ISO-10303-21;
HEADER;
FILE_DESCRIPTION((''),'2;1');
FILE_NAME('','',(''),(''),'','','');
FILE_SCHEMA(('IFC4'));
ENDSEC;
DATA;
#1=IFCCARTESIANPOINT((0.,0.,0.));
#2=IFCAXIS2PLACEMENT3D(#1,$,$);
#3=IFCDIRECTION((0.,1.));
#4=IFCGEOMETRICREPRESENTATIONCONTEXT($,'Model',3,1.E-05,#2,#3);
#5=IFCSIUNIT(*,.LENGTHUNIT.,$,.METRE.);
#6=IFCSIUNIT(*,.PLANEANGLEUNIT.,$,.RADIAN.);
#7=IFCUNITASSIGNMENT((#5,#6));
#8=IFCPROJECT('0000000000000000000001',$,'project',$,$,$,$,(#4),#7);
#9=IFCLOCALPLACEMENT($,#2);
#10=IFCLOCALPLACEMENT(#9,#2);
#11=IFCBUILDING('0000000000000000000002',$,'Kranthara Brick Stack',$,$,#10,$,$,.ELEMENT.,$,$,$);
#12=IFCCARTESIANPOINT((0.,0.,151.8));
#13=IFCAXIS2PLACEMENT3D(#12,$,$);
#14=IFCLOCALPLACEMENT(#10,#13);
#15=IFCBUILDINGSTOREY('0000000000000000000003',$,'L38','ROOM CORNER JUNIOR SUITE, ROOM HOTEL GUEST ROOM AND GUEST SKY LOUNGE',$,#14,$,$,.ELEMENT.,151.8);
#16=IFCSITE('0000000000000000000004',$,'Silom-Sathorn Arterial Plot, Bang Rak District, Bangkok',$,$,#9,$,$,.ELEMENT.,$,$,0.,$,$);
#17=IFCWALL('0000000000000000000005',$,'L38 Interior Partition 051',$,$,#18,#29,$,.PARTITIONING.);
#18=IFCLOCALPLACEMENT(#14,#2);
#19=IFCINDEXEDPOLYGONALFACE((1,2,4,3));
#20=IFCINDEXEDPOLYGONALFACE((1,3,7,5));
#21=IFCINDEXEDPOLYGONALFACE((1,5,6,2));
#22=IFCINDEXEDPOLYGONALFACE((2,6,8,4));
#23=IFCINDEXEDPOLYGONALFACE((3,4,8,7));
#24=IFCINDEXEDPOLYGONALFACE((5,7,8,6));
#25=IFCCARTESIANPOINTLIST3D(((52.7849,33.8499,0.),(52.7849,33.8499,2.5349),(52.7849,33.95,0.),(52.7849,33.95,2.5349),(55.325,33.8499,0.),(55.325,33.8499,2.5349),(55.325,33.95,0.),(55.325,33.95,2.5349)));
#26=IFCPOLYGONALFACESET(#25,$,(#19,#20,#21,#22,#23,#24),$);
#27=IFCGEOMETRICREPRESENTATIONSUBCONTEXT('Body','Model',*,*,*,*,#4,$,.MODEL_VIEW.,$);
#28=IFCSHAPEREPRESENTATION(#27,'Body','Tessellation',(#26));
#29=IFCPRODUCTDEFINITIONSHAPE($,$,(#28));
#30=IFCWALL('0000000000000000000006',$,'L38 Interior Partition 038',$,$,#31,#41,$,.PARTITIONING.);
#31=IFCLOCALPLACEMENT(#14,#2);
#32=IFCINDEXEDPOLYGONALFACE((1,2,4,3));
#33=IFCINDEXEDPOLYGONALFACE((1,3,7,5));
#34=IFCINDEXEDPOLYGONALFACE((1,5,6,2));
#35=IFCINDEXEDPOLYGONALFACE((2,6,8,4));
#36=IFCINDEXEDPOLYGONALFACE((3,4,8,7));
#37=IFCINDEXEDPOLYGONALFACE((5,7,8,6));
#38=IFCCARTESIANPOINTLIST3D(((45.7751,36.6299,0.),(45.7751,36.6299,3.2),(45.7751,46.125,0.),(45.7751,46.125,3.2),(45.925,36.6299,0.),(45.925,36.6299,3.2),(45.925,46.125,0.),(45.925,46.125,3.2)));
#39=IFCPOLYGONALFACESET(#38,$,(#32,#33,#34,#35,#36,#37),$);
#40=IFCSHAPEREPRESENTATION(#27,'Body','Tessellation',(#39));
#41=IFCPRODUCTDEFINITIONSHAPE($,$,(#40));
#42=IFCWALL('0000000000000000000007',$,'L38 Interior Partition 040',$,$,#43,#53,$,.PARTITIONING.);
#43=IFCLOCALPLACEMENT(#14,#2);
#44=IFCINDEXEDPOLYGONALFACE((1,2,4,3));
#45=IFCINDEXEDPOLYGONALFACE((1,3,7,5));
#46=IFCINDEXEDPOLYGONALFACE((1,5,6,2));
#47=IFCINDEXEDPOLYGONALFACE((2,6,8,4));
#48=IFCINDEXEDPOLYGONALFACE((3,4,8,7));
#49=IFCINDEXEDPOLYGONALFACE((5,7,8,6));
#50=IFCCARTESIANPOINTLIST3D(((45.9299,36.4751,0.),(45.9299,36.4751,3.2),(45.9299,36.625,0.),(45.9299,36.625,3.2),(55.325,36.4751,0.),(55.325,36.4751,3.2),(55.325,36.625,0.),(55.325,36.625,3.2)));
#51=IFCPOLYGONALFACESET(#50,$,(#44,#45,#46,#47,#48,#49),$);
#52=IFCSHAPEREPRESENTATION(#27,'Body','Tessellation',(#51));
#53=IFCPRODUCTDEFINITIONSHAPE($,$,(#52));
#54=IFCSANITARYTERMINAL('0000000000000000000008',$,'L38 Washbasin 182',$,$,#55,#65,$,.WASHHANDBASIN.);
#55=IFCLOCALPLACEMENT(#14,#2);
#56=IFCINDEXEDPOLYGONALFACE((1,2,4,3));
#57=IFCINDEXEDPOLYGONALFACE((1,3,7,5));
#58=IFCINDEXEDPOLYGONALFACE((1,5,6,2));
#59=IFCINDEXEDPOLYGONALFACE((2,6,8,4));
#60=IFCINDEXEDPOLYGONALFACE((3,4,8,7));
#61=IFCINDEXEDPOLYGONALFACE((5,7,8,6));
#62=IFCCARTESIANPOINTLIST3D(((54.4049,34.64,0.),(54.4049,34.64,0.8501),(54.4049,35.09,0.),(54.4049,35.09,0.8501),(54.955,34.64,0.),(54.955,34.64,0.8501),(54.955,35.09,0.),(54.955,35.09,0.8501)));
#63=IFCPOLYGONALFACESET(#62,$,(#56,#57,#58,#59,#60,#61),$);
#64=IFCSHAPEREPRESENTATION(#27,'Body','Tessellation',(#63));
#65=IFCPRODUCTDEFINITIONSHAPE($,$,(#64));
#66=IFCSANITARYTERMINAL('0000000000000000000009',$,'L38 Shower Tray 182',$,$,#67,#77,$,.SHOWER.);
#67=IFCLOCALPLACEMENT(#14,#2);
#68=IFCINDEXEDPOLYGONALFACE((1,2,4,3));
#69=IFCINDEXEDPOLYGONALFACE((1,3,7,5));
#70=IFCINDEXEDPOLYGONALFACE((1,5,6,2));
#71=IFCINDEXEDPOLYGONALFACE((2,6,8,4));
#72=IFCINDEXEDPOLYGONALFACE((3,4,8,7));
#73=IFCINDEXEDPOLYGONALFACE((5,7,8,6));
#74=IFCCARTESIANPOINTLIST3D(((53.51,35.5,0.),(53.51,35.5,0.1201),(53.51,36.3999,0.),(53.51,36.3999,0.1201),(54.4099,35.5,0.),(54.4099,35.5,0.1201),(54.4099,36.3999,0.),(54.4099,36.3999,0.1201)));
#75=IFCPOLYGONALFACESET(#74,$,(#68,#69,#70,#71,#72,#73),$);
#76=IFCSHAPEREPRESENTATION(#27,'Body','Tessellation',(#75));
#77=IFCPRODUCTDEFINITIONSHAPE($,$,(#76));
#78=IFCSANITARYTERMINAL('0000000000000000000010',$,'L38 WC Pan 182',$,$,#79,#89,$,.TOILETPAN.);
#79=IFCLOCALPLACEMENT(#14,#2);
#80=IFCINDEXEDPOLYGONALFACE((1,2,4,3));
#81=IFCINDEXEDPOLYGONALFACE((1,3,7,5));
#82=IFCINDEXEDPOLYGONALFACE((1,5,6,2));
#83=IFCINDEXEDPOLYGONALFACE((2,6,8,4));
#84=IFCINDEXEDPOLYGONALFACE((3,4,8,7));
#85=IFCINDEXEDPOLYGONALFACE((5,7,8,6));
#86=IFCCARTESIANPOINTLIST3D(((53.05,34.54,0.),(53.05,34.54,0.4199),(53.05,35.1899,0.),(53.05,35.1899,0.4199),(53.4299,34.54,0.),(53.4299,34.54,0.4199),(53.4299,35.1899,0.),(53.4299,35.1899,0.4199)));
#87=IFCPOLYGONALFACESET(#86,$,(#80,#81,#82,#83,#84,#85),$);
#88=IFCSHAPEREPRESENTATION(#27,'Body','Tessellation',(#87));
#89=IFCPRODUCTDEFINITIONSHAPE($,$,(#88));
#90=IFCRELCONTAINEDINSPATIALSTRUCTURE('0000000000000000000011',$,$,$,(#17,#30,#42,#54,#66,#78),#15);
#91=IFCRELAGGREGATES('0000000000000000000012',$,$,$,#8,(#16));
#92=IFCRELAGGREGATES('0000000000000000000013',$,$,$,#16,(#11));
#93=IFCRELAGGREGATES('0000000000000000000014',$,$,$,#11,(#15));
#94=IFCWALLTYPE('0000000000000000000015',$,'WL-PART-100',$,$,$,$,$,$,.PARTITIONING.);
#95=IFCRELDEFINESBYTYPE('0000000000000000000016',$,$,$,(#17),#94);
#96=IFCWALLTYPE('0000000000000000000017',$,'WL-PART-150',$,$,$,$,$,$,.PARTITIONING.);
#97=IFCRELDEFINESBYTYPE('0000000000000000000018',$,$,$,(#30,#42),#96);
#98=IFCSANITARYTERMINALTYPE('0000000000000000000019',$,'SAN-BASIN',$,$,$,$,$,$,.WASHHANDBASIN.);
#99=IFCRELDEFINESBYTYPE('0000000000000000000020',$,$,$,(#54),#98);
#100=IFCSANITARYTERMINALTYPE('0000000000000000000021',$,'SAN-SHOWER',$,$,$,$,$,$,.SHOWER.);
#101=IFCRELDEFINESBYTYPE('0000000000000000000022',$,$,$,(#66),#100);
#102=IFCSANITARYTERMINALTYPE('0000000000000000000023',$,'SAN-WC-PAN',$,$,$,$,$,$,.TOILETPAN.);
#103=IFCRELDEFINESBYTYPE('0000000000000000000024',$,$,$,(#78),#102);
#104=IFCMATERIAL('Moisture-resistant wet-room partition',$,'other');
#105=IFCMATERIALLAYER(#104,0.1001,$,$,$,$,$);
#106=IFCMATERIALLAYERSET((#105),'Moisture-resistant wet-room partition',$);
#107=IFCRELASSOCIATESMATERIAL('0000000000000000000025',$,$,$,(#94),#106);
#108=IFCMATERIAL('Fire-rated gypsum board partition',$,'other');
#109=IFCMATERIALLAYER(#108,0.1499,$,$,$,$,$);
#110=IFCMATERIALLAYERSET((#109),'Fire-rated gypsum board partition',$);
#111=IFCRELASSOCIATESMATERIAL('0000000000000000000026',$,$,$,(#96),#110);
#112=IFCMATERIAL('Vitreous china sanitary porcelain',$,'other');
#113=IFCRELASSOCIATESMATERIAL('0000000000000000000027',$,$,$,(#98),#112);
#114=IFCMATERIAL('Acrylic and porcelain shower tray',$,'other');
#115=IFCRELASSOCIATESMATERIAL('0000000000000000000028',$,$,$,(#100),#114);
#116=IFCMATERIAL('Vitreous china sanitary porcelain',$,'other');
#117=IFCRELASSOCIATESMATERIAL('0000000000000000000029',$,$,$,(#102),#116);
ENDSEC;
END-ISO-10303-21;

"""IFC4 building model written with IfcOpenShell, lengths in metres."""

from ifc_helpers import new_model, si_unit, direction, frame, frame_2d, origin, origin_2d, place, context, subcontext, project, spatial, rectangle, extrude, material, layer, layer_set, type_object, element, save


model = new_model("IFC4")

# Units and contexts
model_context = context("Model", 3, precision=1e-05, world=origin(), true_north=direction((0.0, 1.0)))
body_context = subcontext(model_context, "Body", "Model", "MODEL_VIEW")
ifc_project = project(units=[si_unit("LENGTHUNIT", "METRE"), si_unit("PLANEANGLEUNIT", "RADIAN")], contexts=[model_context])

# Site, building, storey
site_placement = place(None, origin())
site = spatial("IfcSite", under=ifc_project, at=site_placement, Name="Silom-Sathorn Arterial Plot, Bang Rak District, Bangkok", CompositionType="ELEMENT", RefElevation=0.0)
building_placement = place(site_placement, origin())
building = spatial("IfcBuilding", under=site, at=building_placement, Name="Kranthara Brick Stack", CompositionType="ELEMENT")
storey_placement = place(building_placement, frame((0.0, 0.0, 151.8)))
storey = spatial("IfcBuildingStorey", under=building, at=storey_placement, Name="L38", Description="ROOM CORNER JUNIOR SUITE, ROOM HOTEL GUEST ROOM AND GUEST SKY LOUNGE", CompositionType="ELEMENT", Elevation=151.8)

# Shared definitions
ifc_material_1 = material(Name="Moisture-resistant wet-room partition", Category="other")
ifc_layer_1 = layer(ifc_material_1, 0.1001)
ifc_layer_set_1 = layer_set([ifc_layer_1], Name="Moisture-resistant wet-room partition")
wall_type_1 = type_object("IfcWallType", Name="WL-PART-100", PredefinedType="PARTITIONING", material=ifc_layer_set_1)

# Walls
wall_1_placement = place(storey_placement, frame((52.7849, 33.8999, 0.0), z_axis=(0.0, 0.0, 1.0), x_axis=(1.0, 0.0, 0.0)))
element("IfcWall", 1, at=wall_1_placement, inside=storey, type_object=wall_type_1, Name="L38 Interior Partition 051", PredefinedType="PARTITIONING", context=body_context, shape_type="SweptSolid", body=[
    extrude(rectangle(XDim=2.54, YDim=0.1001, at=frame_2d((1.27, 0.0))), origin(), (0.0, 0.0, 1.0), 2.5349),
])
ifc_material_2 = material(Name="Fire-rated gypsum board partition", Category="other")
ifc_layer_2 = layer(ifc_material_2, 0.1499)
ifc_layer_set_2 = layer_set([ifc_layer_2], Name="Fire-rated gypsum board partition")
wall_type_2 = type_object("IfcWallType", Name="WL-PART-150", PredefinedType="PARTITIONING", material=ifc_layer_set_2)
wall_2_placement = place(storey_placement, frame((45.8501, 36.6299, 0.0), z_axis=(0.0, 0.0, 1.0), x_axis=(0.0, 1.0, 0.0)))
element("IfcWall", 2, at=wall_2_placement, inside=storey, type_object=wall_type_2, Name="L38 Interior Partition 038", PredefinedType="PARTITIONING", context=body_context, shape_type="SweptSolid", body=[
    extrude(rectangle(XDim=9.4951, YDim=0.1499, at=frame_2d((4.7476, 0.0))), origin(), (0.0, 0.0, 1.0), 3.2),
])
wall_3_placement = place(storey_placement, frame((45.9299, 36.55, 0.0), z_axis=(0.0, 0.0, 1.0), x_axis=(1.0, 0.0, 0.0)))
element("IfcWall", 3, at=wall_3_placement, inside=storey, type_object=wall_type_2, Name="L38 Interior Partition 040", PredefinedType="PARTITIONING", context=body_context, shape_type="SweptSolid", body=[
    extrude(rectangle(XDim=9.395, YDim=0.1499, at=frame_2d((4.6975, 0.0))), origin(), (0.0, 0.0, 1.0), 3.2),
])

# Sanitary terminals
ifc_material_3 = material(Name="Vitreous china sanitary porcelain", Category="other")
sanitary_terminal_type_1 = type_object("IfcSanitaryTerminalType", Name="SAN-BASIN", PredefinedType="WASHHANDBASIN", material=ifc_material_3)
sanitary_terminal_1_placement = place(storey_placement, frame((54.6799, 34.865, 0.0), z_axis=(0.0, 0.0, 1.0), x_axis=(1.0, 0.0, 0.0)))
element("IfcSanitaryTerminal", 4, at=sanitary_terminal_1_placement, inside=storey, type_object=sanitary_terminal_type_1, Name="L38 Washbasin 182", PredefinedType="WASHHANDBASIN", context=body_context, shape_type="SweptSolid", body=[
    extrude(rectangle(XDim=0.55, YDim=0.45, at=origin_2d()), origin(), (0.0, 0.0, 1.0), 0.8501),
])
ifc_material_4 = material(Name="Acrylic and porcelain shower tray", Category="other")
sanitary_terminal_type_2 = type_object("IfcSanitaryTerminalType", Name="SAN-SHOWER", PredefinedType="SHOWER", material=ifc_material_4)
sanitary_terminal_2_placement = place(storey_placement, frame((53.96, 35.95, 0.0), z_axis=(0.0, 0.0, 1.0), x_axis=(1.0, 0.0, 0.0)))
element("IfcSanitaryTerminal", 5, at=sanitary_terminal_2_placement, inside=storey, type_object=sanitary_terminal_type_2, Name="L38 Shower Tray 182", PredefinedType="SHOWER", context=body_context, shape_type="SweptSolid", body=[
    extrude(rectangle(XDim=0.8999, YDim=0.8999, at=origin_2d()), origin(), (0.0, 0.0, 1.0), 0.1201),
])
ifc_material_5 = material(Name="Vitreous china sanitary porcelain", Category="other")
sanitary_terminal_type_3 = type_object("IfcSanitaryTerminalType", Name="SAN-WC-PAN", PredefinedType="TOILETPAN", material=ifc_material_5)
sanitary_terminal_3_placement = place(storey_placement, frame((53.24, 34.865, 0.0), z_axis=(0.0, 0.0, 1.0), x_axis=(1.0, 0.0, 0.0)))
element("IfcSanitaryTerminal", 6, at=sanitary_terminal_3_placement, inside=storey, type_object=sanitary_terminal_type_3, Name="L38 WC Pan 182", PredefinedType="TOILETPAN", context=body_context, shape_type="SweptSolid", body=[
    extrude(rectangle(XDim=0.3799, YDim=0.6499, at=origin_2d()), origin(), (0.0, 0.0, 1.0), 0.4199),
])

save(model, "model.ifc")
